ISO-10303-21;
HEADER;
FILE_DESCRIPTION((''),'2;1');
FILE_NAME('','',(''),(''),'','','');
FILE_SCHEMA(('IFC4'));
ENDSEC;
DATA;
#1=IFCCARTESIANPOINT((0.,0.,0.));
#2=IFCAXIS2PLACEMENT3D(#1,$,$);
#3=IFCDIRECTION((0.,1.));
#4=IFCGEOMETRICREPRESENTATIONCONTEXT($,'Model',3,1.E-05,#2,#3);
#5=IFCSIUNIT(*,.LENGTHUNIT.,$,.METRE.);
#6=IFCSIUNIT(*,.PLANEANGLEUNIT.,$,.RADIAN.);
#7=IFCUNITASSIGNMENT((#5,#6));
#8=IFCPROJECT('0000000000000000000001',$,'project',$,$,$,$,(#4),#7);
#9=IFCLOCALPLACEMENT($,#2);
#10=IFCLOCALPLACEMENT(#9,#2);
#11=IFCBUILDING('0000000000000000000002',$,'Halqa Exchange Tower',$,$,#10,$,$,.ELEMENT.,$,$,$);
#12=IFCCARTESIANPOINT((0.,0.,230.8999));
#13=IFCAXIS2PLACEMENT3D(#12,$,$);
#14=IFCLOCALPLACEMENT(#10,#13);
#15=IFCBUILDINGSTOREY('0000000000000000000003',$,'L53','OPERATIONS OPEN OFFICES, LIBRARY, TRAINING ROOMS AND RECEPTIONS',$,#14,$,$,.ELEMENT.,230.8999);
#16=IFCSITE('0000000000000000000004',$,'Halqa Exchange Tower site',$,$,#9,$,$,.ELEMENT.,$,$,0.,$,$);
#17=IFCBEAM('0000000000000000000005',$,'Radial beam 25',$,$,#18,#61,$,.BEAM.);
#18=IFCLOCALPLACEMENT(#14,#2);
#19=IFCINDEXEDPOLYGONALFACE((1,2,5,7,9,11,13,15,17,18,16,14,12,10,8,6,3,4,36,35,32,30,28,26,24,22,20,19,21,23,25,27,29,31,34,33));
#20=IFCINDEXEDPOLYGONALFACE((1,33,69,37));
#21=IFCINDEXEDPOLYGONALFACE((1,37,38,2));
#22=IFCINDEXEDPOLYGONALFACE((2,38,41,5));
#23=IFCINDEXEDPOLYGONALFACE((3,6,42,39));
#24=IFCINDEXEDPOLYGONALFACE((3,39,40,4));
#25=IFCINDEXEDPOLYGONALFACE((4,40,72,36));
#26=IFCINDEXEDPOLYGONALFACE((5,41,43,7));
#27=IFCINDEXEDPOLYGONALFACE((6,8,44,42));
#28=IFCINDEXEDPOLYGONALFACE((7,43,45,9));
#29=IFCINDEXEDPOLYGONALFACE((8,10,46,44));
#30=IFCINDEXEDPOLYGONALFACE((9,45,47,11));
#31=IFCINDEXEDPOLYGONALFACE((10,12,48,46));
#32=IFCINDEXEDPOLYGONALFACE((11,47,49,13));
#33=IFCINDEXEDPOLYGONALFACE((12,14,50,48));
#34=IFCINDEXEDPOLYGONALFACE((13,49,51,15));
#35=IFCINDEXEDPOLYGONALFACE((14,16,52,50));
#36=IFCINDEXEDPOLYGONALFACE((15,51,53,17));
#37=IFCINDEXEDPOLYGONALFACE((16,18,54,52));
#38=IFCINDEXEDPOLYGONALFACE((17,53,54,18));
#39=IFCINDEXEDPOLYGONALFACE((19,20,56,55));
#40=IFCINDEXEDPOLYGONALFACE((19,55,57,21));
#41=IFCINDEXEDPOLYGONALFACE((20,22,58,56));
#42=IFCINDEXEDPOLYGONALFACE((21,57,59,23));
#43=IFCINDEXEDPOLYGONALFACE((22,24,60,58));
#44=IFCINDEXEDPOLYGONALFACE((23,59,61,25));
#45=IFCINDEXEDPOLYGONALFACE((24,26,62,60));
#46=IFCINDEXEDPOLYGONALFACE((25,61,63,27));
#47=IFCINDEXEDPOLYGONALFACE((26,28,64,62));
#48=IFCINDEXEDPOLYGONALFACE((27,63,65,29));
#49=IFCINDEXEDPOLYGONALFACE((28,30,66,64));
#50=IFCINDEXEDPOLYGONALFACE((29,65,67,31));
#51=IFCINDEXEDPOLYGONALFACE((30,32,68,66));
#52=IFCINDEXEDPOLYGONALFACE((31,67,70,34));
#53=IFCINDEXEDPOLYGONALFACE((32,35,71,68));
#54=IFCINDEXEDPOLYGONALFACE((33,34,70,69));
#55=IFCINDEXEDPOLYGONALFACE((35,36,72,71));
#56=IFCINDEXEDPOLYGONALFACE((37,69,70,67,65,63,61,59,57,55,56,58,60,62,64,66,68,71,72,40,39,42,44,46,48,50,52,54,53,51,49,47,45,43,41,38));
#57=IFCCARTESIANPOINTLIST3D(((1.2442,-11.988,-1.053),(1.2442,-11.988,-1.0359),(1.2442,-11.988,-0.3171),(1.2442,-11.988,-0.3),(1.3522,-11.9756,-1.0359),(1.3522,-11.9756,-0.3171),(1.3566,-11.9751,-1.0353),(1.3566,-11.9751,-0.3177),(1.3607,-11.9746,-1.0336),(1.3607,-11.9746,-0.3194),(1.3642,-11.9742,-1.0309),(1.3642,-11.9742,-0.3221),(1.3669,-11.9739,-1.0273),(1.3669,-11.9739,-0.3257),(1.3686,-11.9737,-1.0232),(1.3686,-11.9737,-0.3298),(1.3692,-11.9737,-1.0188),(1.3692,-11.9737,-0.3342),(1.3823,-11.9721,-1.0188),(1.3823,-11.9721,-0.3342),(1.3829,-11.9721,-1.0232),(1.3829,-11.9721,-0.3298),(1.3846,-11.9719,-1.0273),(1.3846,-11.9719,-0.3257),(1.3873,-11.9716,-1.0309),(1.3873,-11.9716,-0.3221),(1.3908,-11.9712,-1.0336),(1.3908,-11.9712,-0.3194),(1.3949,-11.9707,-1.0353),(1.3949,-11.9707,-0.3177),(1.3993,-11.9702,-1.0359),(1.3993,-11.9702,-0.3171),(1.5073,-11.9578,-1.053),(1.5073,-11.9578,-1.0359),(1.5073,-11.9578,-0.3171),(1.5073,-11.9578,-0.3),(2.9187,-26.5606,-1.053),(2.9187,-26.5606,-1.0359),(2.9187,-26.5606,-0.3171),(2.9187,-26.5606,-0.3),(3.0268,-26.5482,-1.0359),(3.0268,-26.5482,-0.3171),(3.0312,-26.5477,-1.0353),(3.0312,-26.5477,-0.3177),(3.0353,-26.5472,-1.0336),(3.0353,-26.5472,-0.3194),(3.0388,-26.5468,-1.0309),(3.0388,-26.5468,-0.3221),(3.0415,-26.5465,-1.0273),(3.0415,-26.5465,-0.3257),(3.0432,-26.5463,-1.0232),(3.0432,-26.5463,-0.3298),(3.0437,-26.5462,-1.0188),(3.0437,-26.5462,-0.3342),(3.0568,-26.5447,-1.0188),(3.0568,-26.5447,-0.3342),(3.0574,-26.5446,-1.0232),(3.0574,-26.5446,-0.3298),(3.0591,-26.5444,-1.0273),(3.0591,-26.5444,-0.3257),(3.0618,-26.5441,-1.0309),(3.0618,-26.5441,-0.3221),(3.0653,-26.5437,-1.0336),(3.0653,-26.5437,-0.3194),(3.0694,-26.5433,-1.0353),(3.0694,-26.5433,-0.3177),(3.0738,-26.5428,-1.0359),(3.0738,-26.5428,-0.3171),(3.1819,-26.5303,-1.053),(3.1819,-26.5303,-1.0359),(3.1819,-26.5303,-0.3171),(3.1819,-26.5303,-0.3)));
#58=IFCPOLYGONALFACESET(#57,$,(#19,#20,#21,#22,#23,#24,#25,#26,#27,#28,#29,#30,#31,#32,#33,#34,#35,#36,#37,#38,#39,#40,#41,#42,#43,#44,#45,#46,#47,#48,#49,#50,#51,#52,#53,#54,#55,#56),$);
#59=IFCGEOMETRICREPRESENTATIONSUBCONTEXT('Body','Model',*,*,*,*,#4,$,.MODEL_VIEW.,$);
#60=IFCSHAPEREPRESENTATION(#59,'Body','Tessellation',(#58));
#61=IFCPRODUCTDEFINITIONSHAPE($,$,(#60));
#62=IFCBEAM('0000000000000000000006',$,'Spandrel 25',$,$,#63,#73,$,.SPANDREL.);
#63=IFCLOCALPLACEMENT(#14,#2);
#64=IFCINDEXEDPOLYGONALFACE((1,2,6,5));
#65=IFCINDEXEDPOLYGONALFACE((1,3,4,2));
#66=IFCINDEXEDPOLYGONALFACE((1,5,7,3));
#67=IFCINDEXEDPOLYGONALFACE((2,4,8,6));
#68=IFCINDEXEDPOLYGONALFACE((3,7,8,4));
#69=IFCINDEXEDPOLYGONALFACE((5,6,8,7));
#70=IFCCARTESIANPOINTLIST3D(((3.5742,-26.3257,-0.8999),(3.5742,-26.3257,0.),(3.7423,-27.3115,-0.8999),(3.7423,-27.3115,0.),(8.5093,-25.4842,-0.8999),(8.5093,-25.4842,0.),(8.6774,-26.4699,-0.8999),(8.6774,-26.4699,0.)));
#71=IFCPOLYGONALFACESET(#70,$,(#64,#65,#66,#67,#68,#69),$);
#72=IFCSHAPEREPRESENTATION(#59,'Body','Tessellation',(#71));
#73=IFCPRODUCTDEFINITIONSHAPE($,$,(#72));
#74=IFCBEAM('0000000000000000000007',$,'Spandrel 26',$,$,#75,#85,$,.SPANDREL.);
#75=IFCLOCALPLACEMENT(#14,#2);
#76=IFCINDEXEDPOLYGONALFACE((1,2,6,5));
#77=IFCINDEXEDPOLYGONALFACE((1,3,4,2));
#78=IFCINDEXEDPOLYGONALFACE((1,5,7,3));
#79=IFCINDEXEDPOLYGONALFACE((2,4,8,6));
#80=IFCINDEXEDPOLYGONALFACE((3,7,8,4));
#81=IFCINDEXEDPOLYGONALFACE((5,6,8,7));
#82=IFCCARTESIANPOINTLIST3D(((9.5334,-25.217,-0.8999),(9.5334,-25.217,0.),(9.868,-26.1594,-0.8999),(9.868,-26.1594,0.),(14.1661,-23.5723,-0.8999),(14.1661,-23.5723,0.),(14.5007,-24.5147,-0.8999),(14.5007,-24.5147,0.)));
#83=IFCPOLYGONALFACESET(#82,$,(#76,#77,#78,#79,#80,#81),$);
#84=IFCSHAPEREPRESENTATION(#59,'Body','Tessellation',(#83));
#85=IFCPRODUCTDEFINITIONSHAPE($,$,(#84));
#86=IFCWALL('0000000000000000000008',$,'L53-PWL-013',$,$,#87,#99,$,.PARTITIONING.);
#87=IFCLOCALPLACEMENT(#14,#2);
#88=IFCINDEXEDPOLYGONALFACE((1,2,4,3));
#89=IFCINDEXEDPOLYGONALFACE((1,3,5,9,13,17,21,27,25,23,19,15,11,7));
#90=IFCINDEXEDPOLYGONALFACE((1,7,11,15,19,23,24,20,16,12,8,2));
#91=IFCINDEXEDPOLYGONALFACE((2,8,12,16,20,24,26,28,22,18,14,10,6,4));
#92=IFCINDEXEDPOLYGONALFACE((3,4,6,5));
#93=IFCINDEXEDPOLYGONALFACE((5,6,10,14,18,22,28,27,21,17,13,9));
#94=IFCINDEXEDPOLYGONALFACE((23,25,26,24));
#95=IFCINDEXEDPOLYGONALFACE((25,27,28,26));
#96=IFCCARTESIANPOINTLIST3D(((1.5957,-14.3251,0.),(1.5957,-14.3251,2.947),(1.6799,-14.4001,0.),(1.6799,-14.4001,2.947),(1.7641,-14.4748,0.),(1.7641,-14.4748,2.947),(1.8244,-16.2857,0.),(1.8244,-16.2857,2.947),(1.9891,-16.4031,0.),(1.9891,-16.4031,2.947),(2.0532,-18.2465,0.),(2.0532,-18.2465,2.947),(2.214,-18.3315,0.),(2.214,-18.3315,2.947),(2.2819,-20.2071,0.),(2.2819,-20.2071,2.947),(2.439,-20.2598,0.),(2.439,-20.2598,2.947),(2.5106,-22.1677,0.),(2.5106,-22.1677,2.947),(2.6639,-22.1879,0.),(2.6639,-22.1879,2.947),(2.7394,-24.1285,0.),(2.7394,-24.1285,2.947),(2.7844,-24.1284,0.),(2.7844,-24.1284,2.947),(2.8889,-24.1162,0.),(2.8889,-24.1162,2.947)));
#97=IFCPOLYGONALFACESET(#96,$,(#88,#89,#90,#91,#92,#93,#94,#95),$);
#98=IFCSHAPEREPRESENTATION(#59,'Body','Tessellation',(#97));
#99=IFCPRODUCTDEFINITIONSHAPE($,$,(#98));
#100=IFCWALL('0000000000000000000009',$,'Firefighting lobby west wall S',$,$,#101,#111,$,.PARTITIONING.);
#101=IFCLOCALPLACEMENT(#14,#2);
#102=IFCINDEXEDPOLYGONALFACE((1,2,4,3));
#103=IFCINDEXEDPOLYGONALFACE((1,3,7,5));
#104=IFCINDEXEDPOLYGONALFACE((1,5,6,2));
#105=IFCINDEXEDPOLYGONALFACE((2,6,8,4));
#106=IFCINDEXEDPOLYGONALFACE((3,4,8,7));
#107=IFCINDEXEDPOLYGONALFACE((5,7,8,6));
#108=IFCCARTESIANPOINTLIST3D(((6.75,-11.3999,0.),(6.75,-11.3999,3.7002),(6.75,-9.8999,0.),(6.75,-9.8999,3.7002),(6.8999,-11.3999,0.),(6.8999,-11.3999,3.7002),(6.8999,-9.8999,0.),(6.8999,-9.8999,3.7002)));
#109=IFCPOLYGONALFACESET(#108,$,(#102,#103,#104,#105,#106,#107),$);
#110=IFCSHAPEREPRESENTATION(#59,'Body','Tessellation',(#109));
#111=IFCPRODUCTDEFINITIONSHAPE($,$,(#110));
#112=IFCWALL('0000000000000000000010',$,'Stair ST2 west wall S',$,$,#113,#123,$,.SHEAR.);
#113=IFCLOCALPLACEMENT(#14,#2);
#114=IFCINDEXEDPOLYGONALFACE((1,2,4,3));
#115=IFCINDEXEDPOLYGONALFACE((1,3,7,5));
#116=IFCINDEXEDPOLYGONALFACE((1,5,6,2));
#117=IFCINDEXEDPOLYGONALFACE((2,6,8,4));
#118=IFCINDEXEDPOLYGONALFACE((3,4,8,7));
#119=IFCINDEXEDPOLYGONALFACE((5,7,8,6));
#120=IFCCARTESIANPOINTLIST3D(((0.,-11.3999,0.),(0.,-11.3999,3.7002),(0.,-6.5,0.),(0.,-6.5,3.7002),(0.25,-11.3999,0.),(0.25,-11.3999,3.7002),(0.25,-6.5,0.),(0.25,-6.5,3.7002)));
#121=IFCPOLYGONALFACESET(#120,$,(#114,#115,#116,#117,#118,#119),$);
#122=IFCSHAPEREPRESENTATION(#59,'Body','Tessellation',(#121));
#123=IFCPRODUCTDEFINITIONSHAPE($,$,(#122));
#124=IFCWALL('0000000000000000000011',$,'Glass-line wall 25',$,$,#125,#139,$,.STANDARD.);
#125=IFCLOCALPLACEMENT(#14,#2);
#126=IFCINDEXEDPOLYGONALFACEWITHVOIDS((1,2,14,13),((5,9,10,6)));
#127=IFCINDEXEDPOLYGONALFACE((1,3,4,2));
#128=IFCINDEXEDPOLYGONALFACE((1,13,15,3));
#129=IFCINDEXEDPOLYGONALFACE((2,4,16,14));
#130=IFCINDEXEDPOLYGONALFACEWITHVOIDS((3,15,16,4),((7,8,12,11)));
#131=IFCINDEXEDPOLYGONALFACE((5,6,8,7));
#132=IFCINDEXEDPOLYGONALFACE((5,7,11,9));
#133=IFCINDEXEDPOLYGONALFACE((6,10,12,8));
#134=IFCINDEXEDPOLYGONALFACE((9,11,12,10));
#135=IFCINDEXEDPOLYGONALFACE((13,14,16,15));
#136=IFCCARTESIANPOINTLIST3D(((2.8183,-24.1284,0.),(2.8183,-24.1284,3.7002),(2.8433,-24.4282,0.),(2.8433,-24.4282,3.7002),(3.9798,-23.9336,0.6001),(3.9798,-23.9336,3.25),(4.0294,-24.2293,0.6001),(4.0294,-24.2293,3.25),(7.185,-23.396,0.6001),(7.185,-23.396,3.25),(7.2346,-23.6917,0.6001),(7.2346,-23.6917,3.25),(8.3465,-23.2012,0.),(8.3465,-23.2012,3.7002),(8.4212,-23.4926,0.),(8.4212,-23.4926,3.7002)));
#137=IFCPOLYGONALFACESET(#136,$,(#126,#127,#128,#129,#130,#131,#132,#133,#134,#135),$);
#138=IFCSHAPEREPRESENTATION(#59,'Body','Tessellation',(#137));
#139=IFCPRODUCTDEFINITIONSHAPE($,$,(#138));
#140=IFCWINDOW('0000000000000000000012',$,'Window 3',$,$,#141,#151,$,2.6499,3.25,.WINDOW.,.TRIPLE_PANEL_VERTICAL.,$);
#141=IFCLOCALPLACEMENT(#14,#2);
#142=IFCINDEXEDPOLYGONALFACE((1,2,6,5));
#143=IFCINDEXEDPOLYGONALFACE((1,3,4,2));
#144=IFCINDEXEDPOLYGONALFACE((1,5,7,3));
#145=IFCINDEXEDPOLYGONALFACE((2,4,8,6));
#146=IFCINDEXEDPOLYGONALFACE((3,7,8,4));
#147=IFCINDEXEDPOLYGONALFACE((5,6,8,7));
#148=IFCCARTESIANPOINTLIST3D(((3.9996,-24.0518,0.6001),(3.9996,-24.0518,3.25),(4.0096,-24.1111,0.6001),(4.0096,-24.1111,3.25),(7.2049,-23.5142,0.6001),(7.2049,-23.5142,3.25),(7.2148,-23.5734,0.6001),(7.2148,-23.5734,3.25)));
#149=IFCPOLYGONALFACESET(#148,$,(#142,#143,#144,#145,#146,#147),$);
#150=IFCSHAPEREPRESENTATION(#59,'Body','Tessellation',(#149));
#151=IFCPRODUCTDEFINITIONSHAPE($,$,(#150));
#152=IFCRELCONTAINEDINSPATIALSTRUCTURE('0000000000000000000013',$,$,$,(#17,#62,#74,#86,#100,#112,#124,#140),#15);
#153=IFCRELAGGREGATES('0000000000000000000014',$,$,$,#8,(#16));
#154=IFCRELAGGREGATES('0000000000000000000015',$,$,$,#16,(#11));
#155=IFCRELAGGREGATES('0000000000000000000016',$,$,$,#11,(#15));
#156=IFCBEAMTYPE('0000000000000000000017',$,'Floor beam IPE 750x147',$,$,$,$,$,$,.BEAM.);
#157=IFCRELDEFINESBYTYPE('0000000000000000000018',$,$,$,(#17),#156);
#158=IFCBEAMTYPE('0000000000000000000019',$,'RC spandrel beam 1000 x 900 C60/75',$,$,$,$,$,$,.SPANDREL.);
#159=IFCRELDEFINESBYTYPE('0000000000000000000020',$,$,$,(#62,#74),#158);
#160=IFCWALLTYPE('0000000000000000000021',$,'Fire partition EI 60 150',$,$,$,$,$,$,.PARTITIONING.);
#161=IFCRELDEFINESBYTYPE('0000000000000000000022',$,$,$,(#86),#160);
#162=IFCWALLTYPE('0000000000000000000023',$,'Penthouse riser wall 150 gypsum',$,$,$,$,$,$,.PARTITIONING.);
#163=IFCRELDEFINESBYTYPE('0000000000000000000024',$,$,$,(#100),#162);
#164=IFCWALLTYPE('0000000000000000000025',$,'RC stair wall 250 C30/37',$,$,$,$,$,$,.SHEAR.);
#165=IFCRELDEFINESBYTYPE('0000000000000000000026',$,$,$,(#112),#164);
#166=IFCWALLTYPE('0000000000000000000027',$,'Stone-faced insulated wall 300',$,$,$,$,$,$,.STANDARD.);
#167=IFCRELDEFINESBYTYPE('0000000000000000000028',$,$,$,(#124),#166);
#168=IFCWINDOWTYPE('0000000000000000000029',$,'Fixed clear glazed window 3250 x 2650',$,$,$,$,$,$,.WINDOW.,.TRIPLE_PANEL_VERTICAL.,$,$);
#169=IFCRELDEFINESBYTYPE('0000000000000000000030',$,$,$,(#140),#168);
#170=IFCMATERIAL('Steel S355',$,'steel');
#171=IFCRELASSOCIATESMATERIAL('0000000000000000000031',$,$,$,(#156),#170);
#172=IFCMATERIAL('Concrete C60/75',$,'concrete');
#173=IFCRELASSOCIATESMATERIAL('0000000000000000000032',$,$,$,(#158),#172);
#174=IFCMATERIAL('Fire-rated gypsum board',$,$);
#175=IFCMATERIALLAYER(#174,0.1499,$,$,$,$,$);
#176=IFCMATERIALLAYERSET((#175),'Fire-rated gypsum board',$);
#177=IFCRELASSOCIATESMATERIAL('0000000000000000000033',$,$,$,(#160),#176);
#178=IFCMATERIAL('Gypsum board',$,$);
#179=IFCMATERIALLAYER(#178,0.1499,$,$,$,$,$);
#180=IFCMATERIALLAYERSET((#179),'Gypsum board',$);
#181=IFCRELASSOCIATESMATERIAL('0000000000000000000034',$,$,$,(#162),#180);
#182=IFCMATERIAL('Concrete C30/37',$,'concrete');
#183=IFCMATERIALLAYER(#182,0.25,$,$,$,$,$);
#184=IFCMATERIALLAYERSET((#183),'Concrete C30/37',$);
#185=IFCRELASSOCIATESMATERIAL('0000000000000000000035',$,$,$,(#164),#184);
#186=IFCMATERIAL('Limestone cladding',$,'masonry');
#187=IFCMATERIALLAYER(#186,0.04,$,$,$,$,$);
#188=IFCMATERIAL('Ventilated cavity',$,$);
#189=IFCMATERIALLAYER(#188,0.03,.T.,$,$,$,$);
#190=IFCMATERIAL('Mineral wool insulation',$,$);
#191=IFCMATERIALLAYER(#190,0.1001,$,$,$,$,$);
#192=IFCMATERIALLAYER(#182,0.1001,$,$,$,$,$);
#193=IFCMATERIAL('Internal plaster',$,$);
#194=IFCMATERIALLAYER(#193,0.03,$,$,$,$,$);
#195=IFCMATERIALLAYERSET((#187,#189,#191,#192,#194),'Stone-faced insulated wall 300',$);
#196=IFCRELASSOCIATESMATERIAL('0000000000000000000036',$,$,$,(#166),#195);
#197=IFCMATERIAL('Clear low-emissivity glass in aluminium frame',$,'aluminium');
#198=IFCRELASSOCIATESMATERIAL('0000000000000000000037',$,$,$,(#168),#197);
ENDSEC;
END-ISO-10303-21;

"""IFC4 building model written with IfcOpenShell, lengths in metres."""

from ifc_helpers import new_model, si_unit, direction, frame, frame_2d, origin, origin_2d, place, context, subcontext, project, spatial, polyline, rectangle, i_section, outline, extrude, material, layer, layer_set, material_profile, profile_set, type_object, element, fill, save


model = new_model("IFC4")

# Units and contexts
model_context = context("Model", 3, precision=1e-05, world=origin(), true_north=direction((0.0, 1.0)))
body_context = subcontext(model_context, "Body", "Model", "MODEL_VIEW")
ifc_project = project(units=[si_unit("LENGTHUNIT", "METRE"), si_unit("PLANEANGLEUNIT", "RADIAN")], contexts=[model_context])

# Site, building, storey
site_placement = place(None, origin())
site = spatial("IfcSite", under=ifc_project, at=site_placement, Name="Halqa Exchange Tower site", CompositionType="ELEMENT", RefElevation=0.0)
building_placement = place(site_placement, origin())
building = spatial("IfcBuilding", under=site, at=building_placement, Name="Halqa Exchange Tower", CompositionType="ELEMENT")
storey_placement = place(building_placement, frame((0.0, 0.0, 230.8999)))
storey = spatial("IfcBuildingStorey", under=building, at=storey_placement, Name="L53", Description="OPERATIONS OPEN OFFICES, LIBRARY, TRAINING ROOMS AND RECEPTIONS", CompositionType="ELEMENT", Elevation=230.8999)

# Shared definitions
ifc_material_1 = material(Name="Concrete C60/75", Category="concrete")

# Beams
ifc_material_2 = material(Name="Steel S355", Category="steel")
ifc_material_profile_1 = material_profile(ifc_material_2, i_section(OverallWidth=0.2649, OverallDepth=0.7529, WebThickness=0.0132, FlangeThickness=0.0171, FilletRadius=0.0171, at=origin_2d()), Name="IPE 750x147")
ifc_profile_set_1 = profile_set([ifc_material_profile_1], Name="Steel S355")
beam_type_1 = type_object("IfcBeamType", Name="Floor beam IPE 750x147", PredefinedType="BEAM", material=ifc_profile_set_1)
beam_1_placement = place(storey_placement, frame((1.3757, -11.9729, -0.6765), z_axis=(0.114161, -0.993462, 0.0), x_axis=(0.993462, 0.114161, 0.0)))
element("IfcBeam", 1, at=beam_1_placement, inside=storey, type_object=beam_type_1, Name="Radial beam 25", PredefinedType="BEAM", context=body_context, shape_type="SweptSolid", body=[
    extrude(i_section(OverallWidth=0.2649, OverallDepth=0.7529, WebThickness=0.0132, FlangeThickness=0.0171, FilletRadius=0.0171, at=origin_2d()), origin(), (0.0, 0.0, 1.0), 14.6685),
])
ifc_material_profile_2 = material_profile(ifc_material_1, rectangle(XDim=1.0, YDim=0.8999, at=origin_2d()), Name="1000 x 900")
ifc_profile_set_2 = profile_set([ifc_material_profile_2], Name="Concrete C60/75")
beam_type_2 = type_object("IfcBeamType", Name="RC spandrel beam 1000 x 900 C60/75", PredefinedType="SPANDREL", material=ifc_profile_set_2)
beam_2_placement = place(storey_placement, frame((3.6582, -26.8186, -0.45), z_axis=(0.98577, 0.168099, 0.0), x_axis=(-0.168099, 0.98577, 0.0)))
element("IfcBeam", 2, at=beam_2_placement, inside=storey, type_object=beam_type_2, Name="Spandrel 25", PredefinedType="SPANDREL", context=body_context, shape_type="SweptSolid", body=[
    extrude(rectangle(XDim=1.0, YDim=0.8999, at=origin_2d()), origin(), (0.0, 0.0, 1.0), 5.0063),
])
beam_3_placement = place(storey_placement, frame((9.7007, -25.6882, -0.45), z_axis=(0.942372, 0.334568, 0.0), x_axis=(-0.334568, 0.942372, 0.0)))
element("IfcBeam", 3, at=beam_3_placement, inside=storey, type_object=beam_type_2, Name="Spandrel 26", PredefinedType="SPANDREL", context=body_context, shape_type="SweptSolid", body=[
    extrude(rectangle(XDim=1.0, YDim=0.8999, at=origin_2d()), origin(), (0.0, 0.0, 1.0), 4.916),
])

# Wall
ifc_material_3 = material(Name="Fire-rated gypsum board")
ifc_layer_1 = layer(ifc_material_3, 0.1499)
ifc_layer_set_1 = layer_set([ifc_layer_1], Name="Fire-rated gypsum board")
wall_type_1 = type_object("IfcWallType", Name="Fire partition EI 60 150", PredefinedType="PARTITIONING", material=ifc_layer_set_1)
wall_1_placement = place(storey_placement, frame((1.6702, -14.3164, 0.0), z_axis=(0.0, 0.0, 1.0), x_axis=(0.115876, -0.993264, 0.0)))
element("IfcWall", 4, at=wall_1_placement, inside=storey, type_object=wall_type_1, Name="L53-PWL-013", PredefinedType="PARTITIONING", context=body_context, shape_type="SweptSolid", body=[
    extrude(outline(polyline([(0.0, -0.075), (1.9739, -0.075), (3.948, -0.075), (5.9219, -0.075), (7.8958, -0.075), (9.8699, -0.075), (9.875, -0.0303), (9.875, 0.075), (7.9336, 0.075), (5.9924, 0.075), (4.051, 0.075), (2.1096, 0.075), (0.1682, 0.075), (0.0842, 0.0), (0.0, -0.075), (0.0, -0.075)])), origin(), (0.0, 0.0, 1.0), 2.947),
])

# Walls
ifc_material_4 = material(Name="Gypsum board")
ifc_layer_2 = layer(ifc_material_4, 0.1499)
ifc_layer_set_2 = layer_set([ifc_layer_2], Name="Gypsum board")
wall_type_2 = type_object("IfcWallType", Name="Penthouse riser wall 150 gypsum", PredefinedType="PARTITIONING", material=ifc_layer_set_2)
wall_2_placement = place(storey_placement, frame((6.825, -11.3999, 0.0), z_axis=(0.0, 0.0, 1.0), x_axis=(0.0, 1.0, 0.0)))
element("IfcWall", 5, at=wall_2_placement, inside=storey, type_object=wall_type_2, Name="Firefighting lobby west wall S", PredefinedType="PARTITIONING", context=body_context, shape_type="SweptSolid", body=[
    extrude(rectangle(XDim=1.5, YDim=0.1499, at=frame_2d((0.75, 0.0))), origin(), (0.0, 0.0, 1.0), 3.7002),
])
ifc_material_5 = material(Name="Concrete C30/37", Category="concrete")
ifc_layer_3 = layer(ifc_material_5, 0.25)
ifc_layer_set_3 = layer_set([ifc_layer_3], Name="Concrete C30/37")
wall_type_3 = type_object("IfcWallType", Name="RC stair wall 250 C30/37", PredefinedType="SHEAR", material=ifc_layer_set_3)
wall_3_placement = place(storey_placement, frame((0.125, -11.3999, 0.0), z_axis=(0.0, 0.0, 1.0), x_axis=(0.0, 1.0, 0.0)))
element("IfcWall", 6, at=wall_3_placement, inside=storey, type_object=wall_type_3, Name="Stair ST2 west wall S", PredefinedType="SHEAR", context=body_context, shape_type="SweptSolid", body=[
    extrude(rectangle(XDim=4.8999, YDim=0.25, at=frame_2d((2.45, 0.0))), origin(), (0.0, 0.0, 1.0), 3.7002),
])

# Wall, opening, window
ifc_material_6 = material(Name="Limestone cladding", Category="masonry")
ifc_layer_4 = layer(ifc_material_6, 0.04)
ifc_material_7 = material(Name="Ventilated cavity")
ifc_layer_5 = layer(ifc_material_7, 0.03, ventilated=True)
ifc_material_8 = material(Name="Mineral wool insulation")
ifc_layer_6 = layer(ifc_material_8, 0.1001)
ifc_layer_7 = layer(ifc_material_5, 0.1001)
ifc_material_9 = material(Name="Internal plaster")
ifc_layer_8 = layer(ifc_material_9, 0.03)
ifc_layer_set_4 = layer_set([ifc_layer_4, ifc_layer_5, ifc_layer_6, ifc_layer_7, ifc_layer_8], Name="Stone-faced insulated wall 300")
wall_type_4 = type_object("IfcWallType", Name="Stone-faced insulated wall 300", PredefinedType="STANDARD", material=ifc_layer_set_4)
wall_4_placement = place(storey_placement, frame((2.8308, -24.2783, 0.0), z_axis=(0.0, 0.0, 1.0), x_axis=(0.986223, 0.165418, 0.0)))
wall_4 = element("IfcWall", 7, at=wall_4_placement, inside=storey, type_object=wall_type_4, Name="Glass-line wall 25", PredefinedType="STANDARD", context=body_context, shape_type="SweptSolid", body=[
    extrude(outline(polyline([(-0.0125, -0.1499), (5.6433, -0.1499), (5.6179, 0.1499), (0.0125, 0.1499), (-0.0125, -0.1499)])), origin(), (0.0, 0.0, 1.0), 3.7002),
])
opening_1_placement = place(wall_4_placement, frame((1.1902, 0.0, 0.6001)))
opening_1 = element("IfcOpeningElement", 8, at=opening_1_placement, cuts=wall_4, PredefinedType="OPENING", context=body_context, shape_type="SweptSolid", body=[
    extrude(rectangle(XDim=3.25, YDim=2.6499, at=frame_2d((1.625, 1.325))), frame((0.0, 0.1621, 0.0), z_axis=(0.0, -1.0, 0.0), x_axis=(1.0, 0.0, 0.0)), (0.0, 0.0, 1.0), 0.324),
])
ifc_material_10 = material(Name="Clear low-emissivity glass in aluminium frame", Category="aluminium")
window_type = type_object("IfcWindowType", Name="Fixed clear glazed window 3250 x 2650", PartitioningType="TRIPLE_PANEL_VERTICAL", PredefinedType="WINDOW", material=ifc_material_10)
window_1_placement = place(opening_1_placement, origin())
window_1 = element("IfcWindow", 9, at=window_1_placement, inside=storey, type_object=window_type, Name="Window 3", OverallHeight=2.6499, OverallWidth=3.25, PartitioningType="TRIPLE_PANEL_VERTICAL", PredefinedType="WINDOW", context=body_context, shape_type="SweptSolid", body=[
    extrude(rectangle(XDim=3.25, YDim=2.6499, at=frame_2d((1.625, 1.325))), frame((0.0, 0.03, 0.0), z_axis=(0.0, -1.0, 0.0), x_axis=(1.0, 0.0, 0.0)), (0.0, 0.0, 1.0), 0.0601),
])
fill(opening_1, window_1)

save(model, "model.ifc")
